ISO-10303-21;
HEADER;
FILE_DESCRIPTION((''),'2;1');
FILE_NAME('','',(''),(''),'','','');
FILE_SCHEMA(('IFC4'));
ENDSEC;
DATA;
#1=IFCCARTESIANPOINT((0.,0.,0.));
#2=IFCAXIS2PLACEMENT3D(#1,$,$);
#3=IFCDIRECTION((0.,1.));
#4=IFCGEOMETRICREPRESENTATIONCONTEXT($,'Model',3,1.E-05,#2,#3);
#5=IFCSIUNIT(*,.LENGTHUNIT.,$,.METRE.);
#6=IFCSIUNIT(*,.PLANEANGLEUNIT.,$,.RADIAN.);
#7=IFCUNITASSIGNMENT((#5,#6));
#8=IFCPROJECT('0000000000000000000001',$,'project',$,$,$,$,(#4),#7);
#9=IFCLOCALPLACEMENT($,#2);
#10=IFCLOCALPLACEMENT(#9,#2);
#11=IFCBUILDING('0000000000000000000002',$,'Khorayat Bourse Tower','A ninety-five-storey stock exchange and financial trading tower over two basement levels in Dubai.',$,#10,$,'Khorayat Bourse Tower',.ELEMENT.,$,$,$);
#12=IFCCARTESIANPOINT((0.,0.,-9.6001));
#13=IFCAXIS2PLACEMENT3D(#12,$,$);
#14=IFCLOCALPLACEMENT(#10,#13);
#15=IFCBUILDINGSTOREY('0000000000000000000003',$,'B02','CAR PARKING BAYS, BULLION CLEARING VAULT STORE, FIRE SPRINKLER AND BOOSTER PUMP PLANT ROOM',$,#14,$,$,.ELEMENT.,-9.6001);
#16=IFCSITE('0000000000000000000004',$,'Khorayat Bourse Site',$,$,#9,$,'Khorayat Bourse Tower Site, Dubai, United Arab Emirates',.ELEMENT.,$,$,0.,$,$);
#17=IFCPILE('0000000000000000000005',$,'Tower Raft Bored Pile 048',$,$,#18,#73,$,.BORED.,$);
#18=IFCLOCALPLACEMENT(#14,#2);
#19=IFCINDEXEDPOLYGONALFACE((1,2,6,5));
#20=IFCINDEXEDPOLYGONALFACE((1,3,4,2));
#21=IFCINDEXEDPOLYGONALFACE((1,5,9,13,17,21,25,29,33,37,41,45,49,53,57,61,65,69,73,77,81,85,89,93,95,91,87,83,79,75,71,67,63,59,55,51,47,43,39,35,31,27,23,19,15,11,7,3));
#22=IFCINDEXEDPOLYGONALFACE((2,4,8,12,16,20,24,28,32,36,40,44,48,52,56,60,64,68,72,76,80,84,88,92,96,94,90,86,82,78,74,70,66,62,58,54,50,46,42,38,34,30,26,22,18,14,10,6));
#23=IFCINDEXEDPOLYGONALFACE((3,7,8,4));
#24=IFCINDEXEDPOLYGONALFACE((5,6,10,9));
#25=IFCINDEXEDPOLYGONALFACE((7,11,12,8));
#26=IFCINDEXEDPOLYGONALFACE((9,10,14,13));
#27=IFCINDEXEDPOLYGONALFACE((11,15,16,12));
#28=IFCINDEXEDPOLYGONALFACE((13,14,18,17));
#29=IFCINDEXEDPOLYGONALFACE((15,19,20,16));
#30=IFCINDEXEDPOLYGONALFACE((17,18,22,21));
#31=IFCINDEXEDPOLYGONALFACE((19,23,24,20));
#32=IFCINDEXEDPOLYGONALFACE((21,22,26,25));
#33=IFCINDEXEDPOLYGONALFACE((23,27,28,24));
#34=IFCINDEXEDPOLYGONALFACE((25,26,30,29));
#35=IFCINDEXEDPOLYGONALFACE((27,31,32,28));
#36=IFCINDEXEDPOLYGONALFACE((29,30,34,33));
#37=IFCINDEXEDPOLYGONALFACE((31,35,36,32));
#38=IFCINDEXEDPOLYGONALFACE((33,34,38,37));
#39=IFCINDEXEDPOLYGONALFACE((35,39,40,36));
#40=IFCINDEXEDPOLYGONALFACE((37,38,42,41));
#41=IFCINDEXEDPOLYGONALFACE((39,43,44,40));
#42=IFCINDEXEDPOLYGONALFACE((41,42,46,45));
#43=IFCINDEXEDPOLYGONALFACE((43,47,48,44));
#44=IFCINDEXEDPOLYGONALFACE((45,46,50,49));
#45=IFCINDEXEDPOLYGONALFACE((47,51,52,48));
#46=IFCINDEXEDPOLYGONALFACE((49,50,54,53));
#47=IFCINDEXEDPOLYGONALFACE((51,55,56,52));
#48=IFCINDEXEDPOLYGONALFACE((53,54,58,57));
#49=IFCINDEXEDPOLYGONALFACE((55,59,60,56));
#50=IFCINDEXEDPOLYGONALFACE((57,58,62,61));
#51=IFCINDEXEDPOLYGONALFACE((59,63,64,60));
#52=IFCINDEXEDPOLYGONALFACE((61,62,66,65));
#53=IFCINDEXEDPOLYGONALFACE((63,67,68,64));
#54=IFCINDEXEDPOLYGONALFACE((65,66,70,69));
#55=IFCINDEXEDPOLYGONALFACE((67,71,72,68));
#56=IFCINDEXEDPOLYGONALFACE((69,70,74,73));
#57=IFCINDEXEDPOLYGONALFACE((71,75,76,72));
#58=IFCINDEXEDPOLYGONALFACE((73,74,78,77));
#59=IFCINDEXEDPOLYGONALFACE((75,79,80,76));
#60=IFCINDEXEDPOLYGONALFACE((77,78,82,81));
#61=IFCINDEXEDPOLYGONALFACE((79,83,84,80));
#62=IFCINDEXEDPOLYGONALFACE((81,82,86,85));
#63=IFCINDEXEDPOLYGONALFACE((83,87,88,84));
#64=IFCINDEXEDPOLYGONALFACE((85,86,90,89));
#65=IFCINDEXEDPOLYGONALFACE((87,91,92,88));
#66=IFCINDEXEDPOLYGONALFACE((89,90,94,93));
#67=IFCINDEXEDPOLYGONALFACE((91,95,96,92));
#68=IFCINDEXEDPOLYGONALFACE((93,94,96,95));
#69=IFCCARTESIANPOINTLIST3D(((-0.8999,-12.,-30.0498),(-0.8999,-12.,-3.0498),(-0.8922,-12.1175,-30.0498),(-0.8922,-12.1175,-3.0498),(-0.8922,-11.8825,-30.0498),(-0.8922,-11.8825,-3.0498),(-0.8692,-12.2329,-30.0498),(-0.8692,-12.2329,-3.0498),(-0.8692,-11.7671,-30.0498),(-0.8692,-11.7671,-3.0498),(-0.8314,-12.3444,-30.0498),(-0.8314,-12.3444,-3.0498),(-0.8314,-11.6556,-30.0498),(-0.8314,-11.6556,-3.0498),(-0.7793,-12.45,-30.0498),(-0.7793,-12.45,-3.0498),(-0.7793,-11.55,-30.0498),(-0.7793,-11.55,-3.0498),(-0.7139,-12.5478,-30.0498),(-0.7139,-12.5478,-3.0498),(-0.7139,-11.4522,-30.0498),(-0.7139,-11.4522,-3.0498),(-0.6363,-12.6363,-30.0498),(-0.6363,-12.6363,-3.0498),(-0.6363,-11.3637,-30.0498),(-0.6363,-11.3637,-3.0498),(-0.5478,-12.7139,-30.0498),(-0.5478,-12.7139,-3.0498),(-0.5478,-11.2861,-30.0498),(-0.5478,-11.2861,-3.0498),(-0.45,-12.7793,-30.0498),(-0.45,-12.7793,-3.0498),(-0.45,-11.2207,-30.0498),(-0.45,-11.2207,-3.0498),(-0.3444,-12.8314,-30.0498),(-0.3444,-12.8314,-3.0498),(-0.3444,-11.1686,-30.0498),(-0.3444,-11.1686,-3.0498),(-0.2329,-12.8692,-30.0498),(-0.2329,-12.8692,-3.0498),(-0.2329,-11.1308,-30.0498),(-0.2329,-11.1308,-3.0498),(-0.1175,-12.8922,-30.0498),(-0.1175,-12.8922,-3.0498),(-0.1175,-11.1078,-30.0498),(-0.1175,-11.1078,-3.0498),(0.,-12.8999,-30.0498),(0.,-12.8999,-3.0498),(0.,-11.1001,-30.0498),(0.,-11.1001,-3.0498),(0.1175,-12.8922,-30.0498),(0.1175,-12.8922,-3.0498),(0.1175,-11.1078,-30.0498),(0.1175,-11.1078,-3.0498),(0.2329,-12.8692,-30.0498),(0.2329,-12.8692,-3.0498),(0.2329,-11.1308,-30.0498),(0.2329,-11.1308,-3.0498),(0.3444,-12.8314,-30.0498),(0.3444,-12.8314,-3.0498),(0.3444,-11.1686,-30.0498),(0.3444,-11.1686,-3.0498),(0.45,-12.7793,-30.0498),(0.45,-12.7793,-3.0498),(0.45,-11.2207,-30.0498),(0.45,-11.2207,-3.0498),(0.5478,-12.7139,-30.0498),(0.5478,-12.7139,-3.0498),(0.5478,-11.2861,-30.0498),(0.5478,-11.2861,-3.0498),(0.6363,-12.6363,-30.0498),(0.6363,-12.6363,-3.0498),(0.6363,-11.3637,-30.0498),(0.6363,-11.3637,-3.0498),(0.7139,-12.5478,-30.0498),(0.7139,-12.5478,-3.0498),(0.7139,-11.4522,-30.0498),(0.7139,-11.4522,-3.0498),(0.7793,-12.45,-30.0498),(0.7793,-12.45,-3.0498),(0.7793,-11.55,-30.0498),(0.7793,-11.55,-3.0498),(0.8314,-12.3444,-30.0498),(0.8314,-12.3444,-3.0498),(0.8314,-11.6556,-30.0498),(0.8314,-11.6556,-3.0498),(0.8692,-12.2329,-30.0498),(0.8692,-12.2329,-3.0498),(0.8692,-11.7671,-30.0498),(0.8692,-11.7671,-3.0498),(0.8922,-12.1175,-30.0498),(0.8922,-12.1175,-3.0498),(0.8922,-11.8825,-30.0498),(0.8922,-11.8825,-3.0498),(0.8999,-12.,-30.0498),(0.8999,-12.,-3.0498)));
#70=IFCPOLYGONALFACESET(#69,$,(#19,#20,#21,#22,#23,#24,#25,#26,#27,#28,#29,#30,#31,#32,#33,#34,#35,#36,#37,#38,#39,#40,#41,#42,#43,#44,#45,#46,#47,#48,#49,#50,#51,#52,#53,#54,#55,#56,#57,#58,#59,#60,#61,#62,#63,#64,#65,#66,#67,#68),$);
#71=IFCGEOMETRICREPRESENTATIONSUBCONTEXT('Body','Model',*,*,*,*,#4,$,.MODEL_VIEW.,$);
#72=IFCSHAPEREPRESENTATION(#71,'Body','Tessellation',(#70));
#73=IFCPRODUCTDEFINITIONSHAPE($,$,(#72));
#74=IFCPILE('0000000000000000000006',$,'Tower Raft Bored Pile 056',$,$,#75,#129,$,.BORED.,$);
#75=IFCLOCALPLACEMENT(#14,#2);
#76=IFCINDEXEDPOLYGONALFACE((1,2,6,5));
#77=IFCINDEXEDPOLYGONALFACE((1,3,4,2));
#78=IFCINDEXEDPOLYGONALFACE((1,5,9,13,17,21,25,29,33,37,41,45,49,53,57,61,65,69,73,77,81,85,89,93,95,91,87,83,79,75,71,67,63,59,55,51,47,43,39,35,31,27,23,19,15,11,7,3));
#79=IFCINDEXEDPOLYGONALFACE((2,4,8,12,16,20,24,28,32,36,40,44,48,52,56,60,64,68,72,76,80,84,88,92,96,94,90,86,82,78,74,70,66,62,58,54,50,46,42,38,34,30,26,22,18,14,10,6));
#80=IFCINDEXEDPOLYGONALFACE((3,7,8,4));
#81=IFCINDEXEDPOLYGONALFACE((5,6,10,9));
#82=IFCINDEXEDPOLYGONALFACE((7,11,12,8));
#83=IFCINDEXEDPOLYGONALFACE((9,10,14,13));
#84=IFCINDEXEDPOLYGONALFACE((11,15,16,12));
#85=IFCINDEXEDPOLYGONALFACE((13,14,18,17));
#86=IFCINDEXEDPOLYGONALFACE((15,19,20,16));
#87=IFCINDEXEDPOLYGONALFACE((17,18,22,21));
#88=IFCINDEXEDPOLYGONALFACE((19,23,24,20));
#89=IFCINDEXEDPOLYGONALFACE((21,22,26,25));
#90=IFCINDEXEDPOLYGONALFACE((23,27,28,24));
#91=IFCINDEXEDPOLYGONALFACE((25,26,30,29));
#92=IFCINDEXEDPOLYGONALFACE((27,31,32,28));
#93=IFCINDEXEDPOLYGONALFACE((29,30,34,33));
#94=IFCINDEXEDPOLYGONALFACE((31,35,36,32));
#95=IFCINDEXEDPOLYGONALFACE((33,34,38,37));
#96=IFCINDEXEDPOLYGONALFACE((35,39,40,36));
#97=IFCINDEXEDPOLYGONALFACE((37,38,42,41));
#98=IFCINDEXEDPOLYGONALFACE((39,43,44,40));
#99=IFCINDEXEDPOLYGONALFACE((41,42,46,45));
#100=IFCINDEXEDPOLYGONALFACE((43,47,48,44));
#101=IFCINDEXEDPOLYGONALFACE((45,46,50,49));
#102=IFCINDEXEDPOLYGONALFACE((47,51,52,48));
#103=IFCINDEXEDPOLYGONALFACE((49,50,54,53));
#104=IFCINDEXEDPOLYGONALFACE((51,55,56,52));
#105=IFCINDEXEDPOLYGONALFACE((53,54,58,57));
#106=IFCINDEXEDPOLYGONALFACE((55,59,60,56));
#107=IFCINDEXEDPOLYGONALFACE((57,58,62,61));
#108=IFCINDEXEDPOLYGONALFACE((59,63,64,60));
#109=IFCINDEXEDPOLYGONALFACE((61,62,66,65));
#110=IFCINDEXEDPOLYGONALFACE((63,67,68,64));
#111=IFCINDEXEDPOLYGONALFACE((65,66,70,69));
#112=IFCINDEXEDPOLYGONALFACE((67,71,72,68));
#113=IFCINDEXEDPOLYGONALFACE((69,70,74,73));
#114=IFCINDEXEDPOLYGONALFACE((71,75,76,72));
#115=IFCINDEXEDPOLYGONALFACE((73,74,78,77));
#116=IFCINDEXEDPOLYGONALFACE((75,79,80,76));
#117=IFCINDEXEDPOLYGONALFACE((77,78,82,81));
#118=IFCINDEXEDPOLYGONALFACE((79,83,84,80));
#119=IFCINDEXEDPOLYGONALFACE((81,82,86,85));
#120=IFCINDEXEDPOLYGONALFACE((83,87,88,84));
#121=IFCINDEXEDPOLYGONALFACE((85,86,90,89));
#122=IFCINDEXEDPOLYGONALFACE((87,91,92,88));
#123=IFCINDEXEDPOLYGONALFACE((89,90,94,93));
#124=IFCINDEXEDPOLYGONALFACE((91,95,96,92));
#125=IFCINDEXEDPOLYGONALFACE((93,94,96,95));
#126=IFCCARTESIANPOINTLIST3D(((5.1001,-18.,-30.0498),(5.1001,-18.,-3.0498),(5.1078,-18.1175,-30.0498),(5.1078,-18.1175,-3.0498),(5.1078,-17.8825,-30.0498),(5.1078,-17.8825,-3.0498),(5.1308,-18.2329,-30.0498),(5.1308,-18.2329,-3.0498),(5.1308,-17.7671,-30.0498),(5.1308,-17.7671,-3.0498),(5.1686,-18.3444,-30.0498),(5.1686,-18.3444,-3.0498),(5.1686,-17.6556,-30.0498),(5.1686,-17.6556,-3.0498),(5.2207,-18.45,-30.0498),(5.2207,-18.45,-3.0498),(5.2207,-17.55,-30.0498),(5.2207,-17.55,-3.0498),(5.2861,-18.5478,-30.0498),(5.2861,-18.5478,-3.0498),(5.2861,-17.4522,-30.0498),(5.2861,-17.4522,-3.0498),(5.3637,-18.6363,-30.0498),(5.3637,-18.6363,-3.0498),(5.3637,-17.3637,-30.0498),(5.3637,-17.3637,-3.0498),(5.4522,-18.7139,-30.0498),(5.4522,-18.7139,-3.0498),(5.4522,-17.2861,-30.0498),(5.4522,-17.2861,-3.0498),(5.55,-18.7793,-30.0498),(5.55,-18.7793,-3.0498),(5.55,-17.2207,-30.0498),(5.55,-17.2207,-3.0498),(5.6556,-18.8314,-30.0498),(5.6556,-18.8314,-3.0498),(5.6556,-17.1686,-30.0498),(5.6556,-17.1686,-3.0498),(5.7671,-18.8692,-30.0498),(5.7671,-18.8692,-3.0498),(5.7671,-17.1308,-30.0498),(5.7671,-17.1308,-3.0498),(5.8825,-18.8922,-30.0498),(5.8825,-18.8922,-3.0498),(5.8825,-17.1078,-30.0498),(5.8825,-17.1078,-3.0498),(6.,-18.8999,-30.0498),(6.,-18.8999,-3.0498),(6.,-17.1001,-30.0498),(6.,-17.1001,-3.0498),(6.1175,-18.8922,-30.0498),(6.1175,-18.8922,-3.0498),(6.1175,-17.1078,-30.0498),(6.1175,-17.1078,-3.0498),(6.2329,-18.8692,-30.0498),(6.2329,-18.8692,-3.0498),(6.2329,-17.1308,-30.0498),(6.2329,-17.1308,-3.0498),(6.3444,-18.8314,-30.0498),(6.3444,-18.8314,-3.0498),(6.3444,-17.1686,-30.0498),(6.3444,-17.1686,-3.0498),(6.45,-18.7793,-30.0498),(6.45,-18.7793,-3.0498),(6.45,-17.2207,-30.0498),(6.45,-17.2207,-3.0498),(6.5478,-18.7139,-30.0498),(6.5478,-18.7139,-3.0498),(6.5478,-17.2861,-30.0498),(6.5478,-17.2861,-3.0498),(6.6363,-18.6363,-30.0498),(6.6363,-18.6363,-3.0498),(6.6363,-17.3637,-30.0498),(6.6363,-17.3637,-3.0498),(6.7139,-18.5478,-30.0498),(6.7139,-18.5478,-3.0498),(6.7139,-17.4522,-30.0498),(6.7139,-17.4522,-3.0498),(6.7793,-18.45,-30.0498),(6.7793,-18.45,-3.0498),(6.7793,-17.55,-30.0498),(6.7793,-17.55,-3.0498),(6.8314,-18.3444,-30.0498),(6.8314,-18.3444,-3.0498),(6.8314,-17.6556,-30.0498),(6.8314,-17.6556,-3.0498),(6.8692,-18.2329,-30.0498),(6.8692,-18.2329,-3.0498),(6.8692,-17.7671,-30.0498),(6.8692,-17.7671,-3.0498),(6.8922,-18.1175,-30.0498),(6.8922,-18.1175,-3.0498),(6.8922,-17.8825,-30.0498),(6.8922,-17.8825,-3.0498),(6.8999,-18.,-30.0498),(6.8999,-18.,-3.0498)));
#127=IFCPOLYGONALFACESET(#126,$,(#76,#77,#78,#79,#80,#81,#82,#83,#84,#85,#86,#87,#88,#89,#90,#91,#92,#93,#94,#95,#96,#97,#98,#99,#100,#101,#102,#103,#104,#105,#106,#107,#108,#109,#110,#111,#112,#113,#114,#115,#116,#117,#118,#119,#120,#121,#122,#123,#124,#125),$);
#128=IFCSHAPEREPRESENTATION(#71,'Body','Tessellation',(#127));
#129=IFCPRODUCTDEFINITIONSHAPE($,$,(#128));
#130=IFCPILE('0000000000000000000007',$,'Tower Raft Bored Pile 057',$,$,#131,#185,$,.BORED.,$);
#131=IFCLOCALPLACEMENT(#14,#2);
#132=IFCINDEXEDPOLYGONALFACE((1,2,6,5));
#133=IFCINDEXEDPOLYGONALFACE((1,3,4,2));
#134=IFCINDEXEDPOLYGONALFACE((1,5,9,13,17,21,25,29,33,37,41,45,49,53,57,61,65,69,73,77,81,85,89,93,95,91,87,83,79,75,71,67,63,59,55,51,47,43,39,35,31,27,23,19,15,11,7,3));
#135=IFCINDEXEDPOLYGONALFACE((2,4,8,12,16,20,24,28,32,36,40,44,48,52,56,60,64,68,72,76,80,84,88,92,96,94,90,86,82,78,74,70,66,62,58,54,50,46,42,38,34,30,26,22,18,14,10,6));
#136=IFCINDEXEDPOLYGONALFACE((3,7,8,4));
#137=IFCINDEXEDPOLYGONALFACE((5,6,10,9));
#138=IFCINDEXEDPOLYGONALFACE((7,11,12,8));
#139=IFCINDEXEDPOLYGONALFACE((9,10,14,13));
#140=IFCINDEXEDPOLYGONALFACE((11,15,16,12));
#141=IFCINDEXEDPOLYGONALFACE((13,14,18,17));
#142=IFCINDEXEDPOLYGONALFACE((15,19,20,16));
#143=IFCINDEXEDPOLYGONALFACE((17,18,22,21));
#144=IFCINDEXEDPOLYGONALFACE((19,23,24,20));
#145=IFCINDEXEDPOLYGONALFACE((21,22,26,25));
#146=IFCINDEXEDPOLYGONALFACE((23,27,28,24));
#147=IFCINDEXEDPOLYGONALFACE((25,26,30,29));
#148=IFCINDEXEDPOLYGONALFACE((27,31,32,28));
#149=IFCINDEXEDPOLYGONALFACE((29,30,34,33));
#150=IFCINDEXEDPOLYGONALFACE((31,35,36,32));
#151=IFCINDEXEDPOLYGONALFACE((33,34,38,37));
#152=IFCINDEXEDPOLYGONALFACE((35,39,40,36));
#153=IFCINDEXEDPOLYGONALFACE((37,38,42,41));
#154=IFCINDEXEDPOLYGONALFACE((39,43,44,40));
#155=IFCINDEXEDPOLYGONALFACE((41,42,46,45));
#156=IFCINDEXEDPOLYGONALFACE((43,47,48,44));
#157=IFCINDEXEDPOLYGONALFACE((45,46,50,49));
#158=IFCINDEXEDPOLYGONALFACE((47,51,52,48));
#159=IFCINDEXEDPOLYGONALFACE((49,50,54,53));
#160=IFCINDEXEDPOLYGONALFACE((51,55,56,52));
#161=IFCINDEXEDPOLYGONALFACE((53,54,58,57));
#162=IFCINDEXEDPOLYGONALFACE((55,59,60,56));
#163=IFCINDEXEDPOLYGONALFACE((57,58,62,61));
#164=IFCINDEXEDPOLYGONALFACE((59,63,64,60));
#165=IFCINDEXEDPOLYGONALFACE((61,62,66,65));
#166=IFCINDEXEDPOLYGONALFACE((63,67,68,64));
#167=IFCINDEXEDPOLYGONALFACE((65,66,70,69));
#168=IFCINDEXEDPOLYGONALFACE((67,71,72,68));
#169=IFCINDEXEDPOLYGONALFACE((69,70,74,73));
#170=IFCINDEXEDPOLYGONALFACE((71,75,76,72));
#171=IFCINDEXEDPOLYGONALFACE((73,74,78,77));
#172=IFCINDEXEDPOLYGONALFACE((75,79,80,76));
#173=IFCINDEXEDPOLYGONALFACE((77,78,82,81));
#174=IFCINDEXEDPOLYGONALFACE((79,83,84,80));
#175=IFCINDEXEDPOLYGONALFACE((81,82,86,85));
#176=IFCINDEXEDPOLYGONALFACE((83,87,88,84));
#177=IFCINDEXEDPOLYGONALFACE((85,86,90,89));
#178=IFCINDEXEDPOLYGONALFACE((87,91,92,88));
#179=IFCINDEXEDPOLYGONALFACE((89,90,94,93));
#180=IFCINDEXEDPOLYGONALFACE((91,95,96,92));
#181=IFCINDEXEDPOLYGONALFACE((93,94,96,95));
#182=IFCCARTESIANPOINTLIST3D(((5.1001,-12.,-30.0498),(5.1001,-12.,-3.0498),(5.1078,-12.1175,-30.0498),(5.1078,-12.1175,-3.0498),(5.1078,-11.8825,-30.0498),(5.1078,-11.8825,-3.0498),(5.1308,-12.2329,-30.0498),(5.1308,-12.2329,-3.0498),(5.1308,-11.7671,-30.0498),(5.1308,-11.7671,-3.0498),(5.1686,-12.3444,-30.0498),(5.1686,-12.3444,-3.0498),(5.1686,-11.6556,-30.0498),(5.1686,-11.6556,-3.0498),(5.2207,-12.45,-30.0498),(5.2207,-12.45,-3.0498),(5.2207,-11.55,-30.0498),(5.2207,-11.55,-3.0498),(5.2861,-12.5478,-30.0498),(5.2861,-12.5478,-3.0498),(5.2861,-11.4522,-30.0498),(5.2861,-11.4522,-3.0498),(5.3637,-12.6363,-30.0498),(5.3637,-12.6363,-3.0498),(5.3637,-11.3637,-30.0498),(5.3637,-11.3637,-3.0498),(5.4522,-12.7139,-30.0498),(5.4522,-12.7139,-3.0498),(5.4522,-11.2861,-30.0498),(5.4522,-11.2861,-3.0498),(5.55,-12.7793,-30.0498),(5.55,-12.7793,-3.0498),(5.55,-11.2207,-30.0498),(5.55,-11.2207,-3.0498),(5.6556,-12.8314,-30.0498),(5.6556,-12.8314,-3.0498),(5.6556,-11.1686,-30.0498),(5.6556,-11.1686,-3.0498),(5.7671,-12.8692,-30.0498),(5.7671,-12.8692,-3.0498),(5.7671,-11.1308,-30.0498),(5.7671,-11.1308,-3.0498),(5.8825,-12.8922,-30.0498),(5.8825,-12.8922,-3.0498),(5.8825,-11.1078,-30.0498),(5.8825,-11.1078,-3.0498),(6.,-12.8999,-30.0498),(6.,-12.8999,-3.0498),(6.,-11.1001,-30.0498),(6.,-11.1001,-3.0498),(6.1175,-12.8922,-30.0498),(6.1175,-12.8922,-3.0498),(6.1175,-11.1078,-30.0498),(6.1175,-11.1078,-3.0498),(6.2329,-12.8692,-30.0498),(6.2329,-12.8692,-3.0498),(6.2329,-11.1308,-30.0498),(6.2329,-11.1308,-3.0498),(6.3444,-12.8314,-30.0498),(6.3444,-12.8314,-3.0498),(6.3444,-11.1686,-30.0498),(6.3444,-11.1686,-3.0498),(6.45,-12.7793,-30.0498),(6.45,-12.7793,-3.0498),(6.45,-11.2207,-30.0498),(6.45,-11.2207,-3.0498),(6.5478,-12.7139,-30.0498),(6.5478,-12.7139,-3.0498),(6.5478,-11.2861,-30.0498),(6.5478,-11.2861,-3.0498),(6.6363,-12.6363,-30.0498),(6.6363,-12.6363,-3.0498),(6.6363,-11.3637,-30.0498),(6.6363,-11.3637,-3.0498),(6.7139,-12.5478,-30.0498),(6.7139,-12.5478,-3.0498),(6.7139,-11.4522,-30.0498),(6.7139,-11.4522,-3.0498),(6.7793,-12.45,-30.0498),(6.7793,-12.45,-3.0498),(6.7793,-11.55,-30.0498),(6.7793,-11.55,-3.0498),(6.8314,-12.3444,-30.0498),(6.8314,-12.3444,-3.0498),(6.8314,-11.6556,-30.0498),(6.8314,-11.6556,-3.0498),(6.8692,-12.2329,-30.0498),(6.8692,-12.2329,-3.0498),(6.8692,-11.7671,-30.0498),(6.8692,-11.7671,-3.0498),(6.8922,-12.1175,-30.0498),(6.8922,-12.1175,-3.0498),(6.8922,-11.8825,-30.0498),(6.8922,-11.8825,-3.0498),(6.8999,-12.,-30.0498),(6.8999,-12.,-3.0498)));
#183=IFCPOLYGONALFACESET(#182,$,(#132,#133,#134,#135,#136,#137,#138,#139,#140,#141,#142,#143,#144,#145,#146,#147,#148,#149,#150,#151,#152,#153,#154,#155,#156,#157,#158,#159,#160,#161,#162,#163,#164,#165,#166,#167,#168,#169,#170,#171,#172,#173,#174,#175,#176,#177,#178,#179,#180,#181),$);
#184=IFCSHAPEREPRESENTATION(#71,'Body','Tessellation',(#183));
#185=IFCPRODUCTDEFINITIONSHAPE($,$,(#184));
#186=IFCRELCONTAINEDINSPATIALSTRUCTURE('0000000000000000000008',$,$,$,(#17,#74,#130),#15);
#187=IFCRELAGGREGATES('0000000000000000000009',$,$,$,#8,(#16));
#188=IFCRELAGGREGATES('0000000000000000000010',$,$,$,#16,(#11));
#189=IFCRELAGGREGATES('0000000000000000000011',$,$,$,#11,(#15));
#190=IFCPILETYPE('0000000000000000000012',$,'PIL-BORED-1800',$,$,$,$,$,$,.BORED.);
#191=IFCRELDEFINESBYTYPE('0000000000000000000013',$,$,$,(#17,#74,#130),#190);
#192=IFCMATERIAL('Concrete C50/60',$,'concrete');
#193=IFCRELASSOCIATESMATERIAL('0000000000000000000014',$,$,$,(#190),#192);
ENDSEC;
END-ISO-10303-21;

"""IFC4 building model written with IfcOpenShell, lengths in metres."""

from ifc_helpers import new_model, si_unit, direction, frame, origin, origin_2d, place, context, subcontext, project, spatial, circle, extrude, source, transform, mapped, material, material_profile, profile_set, type_object, element, save


model = new_model("IFC4")

# Units and contexts
model_context = context("Model", 3, precision=1e-05, world=origin(), true_north=direction((0.0, 1.0)))
body_context = subcontext(model_context, "Body", "Model", "MODEL_VIEW")
ifc_project = project(units=[si_unit("LENGTHUNIT", "METRE"), si_unit("PLANEANGLEUNIT", "RADIAN")], contexts=[model_context])

# Site, building, storey
site_placement = place(None, origin())
site = spatial("IfcSite", under=ifc_project, at=site_placement, Name="Khorayat Bourse Site", LongName="Khorayat Bourse Tower Site, Dubai, United Arab Emirates", CompositionType="ELEMENT", RefElevation=0.0)
building_placement = place(site_placement, origin())
building = spatial("IfcBuilding", under=site, at=building_placement, Name="Khorayat Bourse Tower", Description="A ninety-five-storey stock exchange and financial trading tower over two basement levels in Dubai.", LongName="Khorayat Bourse Tower", CompositionType="ELEMENT")
storey_placement = place(building_placement, frame((0.0, 0.0, -9.6001)))
storey = spatial("IfcBuildingStorey", under=building, at=storey_placement, Name="B02", Description="CAR PARKING BAYS, BULLION CLEARING VAULT STORE, FIRE SPRINKLER AND BOOSTER PUMP PLANT ROOM", CompositionType="ELEMENT", Elevation=-9.6001)

# Piles
ifc_material_1 = material(Name="Concrete C50/60", Category="concrete")
ifc_material_profile_1 = material_profile(ifc_material_1, circle(Radius=0.8999, at=origin_2d()), Name="BORED PILE D1800")
ifc_profile_set_1 = profile_set([ifc_material_profile_1], Name="Concrete C50/60")
pile_type = type_object("IfcPileType", Name="PIL-BORED-1800", PredefinedType="BORED", material=ifc_profile_set_1)
shared_shape_1 = source(origin(), body_context, "Body", "SweptSolid", [
    extrude(circle(Radius=0.8999, at=origin_2d()), origin(), (0.0, 0.0, 1.0), 27.0),
])
for number, where, z_axis, x_axis, name in (
    (1, (0.0, -12.0, -3.0498), (0.0, 0.0, -1.0), (1.0, 0.0, 0.0), "Tower Raft Bored Pile 048"),
    (2, (6.0, -18.0, -3.0498), (0.0, 0.0, -1.0), (1.0, 0.0, 0.0), "Tower Raft Bored Pile 056"),
    (3, (6.0, -12.0, -3.0498), (0.0, 0.0, -1.0), (1.0, 0.0, 0.0), "Tower Raft Bored Pile 057"),
):
    element("IfcPile", number, at=place(storey_placement, frame(where, z_axis=z_axis, x_axis=x_axis)), inside=storey, type_object=pile_type, Name=name, PredefinedType="BORED", context=body_context, shape_type="MappedRepresentation", body=[
        mapped(shared_shape_1, transform((0.0, 0.0, 0.0), scale=1.0)),
    ])

save(model, "model.ifc")
